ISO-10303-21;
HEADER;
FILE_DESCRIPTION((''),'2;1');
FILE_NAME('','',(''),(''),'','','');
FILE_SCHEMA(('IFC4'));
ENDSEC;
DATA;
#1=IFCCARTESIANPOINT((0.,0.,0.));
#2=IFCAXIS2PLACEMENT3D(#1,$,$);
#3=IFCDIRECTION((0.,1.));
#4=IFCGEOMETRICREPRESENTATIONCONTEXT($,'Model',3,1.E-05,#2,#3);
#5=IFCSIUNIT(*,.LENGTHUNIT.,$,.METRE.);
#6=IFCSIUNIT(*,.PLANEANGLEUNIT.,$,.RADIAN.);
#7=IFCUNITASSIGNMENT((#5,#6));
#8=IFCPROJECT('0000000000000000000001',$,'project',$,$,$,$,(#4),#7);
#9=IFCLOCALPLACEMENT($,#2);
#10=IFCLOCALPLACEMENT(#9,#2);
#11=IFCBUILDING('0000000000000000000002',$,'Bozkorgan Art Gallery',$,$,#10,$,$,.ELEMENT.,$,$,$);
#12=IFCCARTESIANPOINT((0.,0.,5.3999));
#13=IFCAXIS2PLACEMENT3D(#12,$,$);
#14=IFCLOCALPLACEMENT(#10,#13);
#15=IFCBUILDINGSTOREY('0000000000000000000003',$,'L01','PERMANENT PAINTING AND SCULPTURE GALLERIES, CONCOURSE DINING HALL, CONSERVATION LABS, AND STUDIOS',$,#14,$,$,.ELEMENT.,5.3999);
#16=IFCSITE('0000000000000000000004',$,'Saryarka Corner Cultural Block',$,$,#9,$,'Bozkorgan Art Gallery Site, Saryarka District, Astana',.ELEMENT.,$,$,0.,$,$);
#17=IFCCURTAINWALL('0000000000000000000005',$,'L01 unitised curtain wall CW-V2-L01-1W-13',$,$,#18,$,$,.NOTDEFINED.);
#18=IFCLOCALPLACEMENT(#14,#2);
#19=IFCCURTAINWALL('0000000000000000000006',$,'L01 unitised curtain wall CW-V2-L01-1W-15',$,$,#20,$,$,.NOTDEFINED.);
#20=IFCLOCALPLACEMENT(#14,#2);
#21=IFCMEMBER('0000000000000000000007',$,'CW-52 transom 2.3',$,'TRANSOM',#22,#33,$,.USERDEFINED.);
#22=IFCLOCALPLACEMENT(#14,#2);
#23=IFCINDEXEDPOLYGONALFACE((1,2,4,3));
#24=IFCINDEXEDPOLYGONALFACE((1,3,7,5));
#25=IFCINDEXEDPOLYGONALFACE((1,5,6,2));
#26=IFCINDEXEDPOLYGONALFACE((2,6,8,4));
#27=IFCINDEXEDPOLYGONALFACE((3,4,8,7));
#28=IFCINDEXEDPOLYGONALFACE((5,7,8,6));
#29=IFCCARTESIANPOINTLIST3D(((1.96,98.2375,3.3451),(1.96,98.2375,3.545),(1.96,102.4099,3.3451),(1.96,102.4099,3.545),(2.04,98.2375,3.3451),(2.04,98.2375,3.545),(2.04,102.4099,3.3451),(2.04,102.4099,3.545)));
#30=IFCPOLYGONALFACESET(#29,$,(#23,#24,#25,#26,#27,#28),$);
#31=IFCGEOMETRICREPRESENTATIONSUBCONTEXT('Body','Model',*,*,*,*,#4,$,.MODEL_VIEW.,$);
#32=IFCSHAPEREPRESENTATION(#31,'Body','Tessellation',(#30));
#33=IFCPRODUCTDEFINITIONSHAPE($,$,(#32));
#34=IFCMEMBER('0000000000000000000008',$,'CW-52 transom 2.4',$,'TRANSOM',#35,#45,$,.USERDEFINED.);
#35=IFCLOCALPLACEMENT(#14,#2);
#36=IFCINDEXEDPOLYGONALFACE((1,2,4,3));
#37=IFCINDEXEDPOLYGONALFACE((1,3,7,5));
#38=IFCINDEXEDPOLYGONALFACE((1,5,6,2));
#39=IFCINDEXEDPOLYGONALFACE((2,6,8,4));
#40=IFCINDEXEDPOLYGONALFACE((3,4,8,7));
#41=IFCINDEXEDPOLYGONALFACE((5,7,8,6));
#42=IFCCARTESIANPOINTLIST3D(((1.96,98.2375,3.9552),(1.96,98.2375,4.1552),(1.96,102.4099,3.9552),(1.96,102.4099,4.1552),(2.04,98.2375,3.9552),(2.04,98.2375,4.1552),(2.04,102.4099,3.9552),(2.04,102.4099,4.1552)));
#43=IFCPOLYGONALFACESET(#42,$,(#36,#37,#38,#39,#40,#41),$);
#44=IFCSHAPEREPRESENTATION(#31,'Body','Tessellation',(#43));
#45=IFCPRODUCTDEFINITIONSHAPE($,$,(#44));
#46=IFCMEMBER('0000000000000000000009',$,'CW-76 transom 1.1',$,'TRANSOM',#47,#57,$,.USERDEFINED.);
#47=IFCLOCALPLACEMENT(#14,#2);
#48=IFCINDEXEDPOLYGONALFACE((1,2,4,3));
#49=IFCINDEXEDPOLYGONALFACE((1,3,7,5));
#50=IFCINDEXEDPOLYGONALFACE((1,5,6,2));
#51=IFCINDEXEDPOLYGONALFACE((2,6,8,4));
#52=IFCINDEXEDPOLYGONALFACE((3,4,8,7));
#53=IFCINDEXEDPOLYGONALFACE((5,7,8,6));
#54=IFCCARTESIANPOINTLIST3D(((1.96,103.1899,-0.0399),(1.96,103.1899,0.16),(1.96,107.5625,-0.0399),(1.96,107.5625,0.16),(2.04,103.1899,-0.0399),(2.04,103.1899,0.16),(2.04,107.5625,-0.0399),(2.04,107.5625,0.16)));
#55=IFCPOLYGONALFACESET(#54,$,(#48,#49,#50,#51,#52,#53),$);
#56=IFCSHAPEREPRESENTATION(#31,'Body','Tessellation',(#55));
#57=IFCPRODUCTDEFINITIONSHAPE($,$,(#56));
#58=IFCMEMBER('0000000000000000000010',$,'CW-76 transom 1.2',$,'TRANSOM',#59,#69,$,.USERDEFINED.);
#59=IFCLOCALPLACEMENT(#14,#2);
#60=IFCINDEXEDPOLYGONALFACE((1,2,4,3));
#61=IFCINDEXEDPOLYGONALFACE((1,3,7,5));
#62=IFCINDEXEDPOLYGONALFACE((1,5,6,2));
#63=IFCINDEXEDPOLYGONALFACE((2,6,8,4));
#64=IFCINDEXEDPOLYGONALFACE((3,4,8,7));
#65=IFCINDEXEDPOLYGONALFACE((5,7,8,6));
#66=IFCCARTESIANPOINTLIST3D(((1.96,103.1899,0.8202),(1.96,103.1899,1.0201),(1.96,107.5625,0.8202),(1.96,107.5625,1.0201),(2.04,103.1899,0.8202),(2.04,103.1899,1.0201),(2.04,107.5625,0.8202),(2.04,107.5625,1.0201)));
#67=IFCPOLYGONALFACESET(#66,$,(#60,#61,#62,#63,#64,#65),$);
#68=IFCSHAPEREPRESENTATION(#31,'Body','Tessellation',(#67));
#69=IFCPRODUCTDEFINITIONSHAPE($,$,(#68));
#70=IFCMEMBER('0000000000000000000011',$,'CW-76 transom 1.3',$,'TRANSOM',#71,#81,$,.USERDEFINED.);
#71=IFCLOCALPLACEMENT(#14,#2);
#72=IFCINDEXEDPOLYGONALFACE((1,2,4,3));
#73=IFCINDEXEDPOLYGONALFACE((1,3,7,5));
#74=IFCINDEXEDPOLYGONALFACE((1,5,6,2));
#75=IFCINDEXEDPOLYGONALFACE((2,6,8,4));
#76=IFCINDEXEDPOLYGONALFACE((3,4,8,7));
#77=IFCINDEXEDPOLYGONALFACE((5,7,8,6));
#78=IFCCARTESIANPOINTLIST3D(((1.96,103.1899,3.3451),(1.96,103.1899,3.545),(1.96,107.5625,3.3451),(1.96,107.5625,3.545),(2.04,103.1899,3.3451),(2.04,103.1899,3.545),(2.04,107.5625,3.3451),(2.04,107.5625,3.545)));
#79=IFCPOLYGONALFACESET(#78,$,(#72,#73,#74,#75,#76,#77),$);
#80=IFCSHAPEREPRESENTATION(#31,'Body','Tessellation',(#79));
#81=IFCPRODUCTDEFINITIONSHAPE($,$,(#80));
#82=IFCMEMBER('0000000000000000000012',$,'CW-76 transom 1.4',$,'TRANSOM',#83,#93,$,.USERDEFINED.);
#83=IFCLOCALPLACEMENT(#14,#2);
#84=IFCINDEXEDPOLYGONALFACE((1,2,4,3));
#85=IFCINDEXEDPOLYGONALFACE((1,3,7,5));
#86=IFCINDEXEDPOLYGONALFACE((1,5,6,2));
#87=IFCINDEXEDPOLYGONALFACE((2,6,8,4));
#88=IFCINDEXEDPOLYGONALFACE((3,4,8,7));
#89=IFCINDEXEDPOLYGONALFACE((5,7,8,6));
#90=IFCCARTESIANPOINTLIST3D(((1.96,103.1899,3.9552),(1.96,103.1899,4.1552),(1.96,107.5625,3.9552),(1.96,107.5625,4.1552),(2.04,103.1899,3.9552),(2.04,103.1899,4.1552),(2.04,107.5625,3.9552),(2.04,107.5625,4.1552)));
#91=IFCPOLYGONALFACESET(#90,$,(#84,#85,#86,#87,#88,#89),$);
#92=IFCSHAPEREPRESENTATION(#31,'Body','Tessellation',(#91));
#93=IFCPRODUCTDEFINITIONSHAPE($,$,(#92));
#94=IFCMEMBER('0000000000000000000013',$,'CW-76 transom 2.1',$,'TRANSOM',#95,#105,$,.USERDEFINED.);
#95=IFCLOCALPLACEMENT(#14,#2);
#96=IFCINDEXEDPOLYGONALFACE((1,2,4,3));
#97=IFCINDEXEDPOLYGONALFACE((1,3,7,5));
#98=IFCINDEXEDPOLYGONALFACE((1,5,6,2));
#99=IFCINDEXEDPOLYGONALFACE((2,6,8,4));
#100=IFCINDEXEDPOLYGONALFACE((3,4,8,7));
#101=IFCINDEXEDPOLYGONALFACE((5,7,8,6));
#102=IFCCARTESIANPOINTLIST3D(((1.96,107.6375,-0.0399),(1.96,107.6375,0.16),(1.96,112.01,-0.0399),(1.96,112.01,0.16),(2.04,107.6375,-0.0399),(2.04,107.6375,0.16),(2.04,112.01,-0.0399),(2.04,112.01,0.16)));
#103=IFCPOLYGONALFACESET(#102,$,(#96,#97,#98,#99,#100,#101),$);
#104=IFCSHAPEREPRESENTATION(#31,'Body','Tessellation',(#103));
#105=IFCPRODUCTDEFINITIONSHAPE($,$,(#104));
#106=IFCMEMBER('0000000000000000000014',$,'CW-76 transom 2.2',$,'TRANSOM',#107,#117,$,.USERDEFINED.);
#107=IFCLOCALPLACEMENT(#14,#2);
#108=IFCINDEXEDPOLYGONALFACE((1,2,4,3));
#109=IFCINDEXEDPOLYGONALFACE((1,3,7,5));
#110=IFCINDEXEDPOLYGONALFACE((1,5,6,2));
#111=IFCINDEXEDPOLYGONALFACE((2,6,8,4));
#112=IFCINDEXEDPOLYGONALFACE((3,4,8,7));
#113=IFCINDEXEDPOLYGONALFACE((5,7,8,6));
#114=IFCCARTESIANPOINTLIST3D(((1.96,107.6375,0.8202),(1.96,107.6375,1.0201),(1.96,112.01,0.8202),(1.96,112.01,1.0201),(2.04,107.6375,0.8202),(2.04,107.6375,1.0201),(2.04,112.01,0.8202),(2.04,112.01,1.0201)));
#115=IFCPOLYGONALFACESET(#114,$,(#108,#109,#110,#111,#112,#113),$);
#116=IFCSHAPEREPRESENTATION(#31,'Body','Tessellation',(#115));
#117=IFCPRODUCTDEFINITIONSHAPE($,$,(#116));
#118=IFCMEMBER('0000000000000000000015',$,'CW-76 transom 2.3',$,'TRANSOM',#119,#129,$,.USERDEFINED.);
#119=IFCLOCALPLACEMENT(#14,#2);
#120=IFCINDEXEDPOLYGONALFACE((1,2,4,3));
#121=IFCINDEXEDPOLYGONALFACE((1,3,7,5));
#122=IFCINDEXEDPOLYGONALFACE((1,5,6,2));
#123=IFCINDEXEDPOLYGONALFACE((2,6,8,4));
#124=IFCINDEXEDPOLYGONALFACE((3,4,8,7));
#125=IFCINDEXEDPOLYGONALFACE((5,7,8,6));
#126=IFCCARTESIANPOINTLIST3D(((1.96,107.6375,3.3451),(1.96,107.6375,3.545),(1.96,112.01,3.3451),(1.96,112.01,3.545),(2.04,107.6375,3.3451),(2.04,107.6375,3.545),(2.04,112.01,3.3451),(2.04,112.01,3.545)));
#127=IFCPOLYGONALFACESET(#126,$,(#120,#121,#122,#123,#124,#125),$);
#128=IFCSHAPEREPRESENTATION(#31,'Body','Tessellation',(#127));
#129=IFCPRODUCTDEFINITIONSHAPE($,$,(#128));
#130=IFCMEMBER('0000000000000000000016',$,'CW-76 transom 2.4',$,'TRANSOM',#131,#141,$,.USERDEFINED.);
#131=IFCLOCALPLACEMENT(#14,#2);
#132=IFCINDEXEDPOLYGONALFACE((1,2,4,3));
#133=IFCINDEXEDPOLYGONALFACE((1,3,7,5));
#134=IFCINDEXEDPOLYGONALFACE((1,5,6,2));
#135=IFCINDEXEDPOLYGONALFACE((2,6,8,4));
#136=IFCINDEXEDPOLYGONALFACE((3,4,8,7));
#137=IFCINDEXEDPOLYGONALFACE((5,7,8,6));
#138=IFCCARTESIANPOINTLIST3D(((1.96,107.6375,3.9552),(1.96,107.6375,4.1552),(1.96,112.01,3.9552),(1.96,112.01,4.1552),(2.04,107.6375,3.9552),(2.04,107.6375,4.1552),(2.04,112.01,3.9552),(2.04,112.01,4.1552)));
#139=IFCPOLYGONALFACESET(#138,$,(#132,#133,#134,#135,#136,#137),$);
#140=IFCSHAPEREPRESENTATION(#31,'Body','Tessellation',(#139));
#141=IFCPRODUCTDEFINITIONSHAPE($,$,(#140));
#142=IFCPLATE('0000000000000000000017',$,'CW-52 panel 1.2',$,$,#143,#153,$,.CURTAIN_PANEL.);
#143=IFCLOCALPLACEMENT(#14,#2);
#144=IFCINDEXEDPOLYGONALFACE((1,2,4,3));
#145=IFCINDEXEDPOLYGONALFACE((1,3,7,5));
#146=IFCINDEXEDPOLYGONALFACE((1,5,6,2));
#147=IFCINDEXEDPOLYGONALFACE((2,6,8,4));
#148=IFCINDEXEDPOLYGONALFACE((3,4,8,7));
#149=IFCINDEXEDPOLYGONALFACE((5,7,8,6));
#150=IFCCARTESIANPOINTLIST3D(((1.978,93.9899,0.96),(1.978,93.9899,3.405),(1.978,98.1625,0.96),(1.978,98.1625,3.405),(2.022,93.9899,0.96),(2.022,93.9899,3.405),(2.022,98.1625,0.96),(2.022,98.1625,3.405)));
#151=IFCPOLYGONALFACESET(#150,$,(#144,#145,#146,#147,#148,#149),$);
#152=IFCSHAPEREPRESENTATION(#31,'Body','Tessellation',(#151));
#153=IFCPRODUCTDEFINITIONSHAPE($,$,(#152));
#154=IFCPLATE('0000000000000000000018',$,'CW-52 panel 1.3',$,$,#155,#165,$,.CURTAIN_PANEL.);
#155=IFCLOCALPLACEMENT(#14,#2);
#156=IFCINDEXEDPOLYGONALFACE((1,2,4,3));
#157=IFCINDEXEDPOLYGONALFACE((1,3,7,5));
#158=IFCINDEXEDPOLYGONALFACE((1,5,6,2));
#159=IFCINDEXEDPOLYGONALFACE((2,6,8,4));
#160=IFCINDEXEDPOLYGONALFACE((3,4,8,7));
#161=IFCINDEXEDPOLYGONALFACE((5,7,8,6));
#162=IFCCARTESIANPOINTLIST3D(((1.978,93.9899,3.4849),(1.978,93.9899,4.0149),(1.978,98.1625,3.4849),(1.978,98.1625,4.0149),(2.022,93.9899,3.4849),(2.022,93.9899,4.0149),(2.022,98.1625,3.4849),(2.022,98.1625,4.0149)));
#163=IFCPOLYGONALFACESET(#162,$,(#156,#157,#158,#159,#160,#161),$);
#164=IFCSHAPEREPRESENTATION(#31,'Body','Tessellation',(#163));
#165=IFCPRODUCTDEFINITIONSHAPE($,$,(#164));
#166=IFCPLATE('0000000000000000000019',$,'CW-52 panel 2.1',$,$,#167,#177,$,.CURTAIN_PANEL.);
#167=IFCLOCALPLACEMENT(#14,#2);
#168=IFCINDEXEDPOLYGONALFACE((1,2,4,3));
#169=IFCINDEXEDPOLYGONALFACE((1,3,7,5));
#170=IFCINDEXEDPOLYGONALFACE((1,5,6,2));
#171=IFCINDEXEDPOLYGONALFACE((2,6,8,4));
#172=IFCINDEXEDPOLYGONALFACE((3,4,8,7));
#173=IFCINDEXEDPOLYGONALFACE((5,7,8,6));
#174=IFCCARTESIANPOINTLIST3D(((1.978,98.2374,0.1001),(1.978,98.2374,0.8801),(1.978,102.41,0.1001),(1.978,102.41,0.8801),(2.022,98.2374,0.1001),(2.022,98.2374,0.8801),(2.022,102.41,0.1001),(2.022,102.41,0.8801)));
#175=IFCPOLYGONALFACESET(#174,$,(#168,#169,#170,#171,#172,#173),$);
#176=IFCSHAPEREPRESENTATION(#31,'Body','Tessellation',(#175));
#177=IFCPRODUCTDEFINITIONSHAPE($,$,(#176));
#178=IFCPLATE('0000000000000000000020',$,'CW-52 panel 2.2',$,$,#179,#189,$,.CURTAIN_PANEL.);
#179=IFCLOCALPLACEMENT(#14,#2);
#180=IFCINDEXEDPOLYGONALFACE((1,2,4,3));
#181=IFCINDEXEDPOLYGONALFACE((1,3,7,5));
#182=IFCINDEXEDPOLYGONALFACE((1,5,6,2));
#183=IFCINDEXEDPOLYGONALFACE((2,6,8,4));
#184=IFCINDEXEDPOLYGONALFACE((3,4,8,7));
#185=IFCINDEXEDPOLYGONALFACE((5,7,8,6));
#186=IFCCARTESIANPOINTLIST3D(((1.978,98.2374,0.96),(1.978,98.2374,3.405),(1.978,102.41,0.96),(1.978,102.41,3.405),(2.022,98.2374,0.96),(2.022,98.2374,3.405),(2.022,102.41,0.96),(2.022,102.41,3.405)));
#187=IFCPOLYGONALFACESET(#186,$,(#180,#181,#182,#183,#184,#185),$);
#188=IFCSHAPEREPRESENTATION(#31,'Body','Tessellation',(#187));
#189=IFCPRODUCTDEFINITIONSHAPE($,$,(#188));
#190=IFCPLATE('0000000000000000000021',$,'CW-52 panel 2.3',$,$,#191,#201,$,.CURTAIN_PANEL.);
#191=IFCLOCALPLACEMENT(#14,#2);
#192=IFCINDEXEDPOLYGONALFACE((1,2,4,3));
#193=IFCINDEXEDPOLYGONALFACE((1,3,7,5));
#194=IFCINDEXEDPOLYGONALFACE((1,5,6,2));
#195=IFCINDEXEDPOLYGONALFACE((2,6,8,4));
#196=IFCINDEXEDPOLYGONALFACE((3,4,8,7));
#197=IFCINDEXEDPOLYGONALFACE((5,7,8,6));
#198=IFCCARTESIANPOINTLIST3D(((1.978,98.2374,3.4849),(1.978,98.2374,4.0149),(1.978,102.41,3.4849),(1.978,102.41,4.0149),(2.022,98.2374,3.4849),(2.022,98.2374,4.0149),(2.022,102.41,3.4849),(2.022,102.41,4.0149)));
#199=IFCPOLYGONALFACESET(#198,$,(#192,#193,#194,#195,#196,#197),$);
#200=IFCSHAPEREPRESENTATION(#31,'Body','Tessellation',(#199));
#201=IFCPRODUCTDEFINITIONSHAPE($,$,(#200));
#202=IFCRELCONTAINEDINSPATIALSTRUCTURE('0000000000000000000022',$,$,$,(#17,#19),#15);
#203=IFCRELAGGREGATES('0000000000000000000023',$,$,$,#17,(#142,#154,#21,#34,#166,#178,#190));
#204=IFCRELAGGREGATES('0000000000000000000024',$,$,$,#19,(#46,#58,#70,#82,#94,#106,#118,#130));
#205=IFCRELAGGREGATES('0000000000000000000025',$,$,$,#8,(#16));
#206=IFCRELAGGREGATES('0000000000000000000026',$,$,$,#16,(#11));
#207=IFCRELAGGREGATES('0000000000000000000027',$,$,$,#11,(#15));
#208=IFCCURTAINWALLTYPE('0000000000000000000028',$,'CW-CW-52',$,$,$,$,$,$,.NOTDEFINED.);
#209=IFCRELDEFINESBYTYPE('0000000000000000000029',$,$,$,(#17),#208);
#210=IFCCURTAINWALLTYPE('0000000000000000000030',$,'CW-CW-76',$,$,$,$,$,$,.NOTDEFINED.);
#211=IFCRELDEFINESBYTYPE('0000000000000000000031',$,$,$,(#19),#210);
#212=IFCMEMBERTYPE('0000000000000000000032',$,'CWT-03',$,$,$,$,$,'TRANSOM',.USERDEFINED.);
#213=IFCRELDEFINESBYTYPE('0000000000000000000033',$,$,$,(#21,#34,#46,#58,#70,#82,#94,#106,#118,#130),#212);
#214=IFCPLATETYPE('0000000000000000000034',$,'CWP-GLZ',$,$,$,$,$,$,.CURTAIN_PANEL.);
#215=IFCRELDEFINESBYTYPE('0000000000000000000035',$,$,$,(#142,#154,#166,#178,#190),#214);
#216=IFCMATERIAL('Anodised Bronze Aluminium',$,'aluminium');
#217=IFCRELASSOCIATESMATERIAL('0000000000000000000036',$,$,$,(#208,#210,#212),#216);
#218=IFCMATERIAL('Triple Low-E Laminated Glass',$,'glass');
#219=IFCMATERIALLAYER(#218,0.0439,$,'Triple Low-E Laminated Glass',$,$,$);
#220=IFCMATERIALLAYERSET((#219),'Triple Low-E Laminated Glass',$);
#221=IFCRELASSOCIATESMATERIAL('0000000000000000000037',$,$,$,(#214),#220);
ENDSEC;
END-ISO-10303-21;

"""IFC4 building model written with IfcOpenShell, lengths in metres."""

from ifc_helpers import new_model, si_unit, direction, frame, origin, origin_2d, place, context, subcontext, project, spatial, rectangle, extrude, material, layer, layer_set, material_profile, profile_set, type_object, element, aggregate, save


model = new_model("IFC4")

# Units and contexts
model_context = context("Model", 3, precision=1e-05, world=origin(), true_north=direction((0.0, 1.0)))
body_context = subcontext(model_context, "Body", "Model", "MODEL_VIEW")
ifc_project = project(units=[si_unit("LENGTHUNIT", "METRE"), si_unit("PLANEANGLEUNIT", "RADIAN")], contexts=[model_context])

# Site, building, storey
site_placement = place(None, origin())
site = spatial("IfcSite", under=ifc_project, at=site_placement, Name="Saryarka Corner Cultural Block", LongName="Bozkorgan Art Gallery Site, Saryarka District, Astana", CompositionType="ELEMENT", RefElevation=0.0)
building_placement = place(site_placement, origin())
building = spatial("IfcBuilding", under=site, at=building_placement, Name="Bozkorgan Art Gallery", CompositionType="ELEMENT")
storey_placement = place(building_placement, frame((0.0, 0.0, 5.3999)))
storey = spatial("IfcBuildingStorey", under=building, at=storey_placement, Name="L01", Description="PERMANENT PAINTING AND SCULPTURE GALLERIES, CONCOURSE DINING HALL, CONSERVATION LABS, AND STUDIOS", CompositionType="ELEMENT", Elevation=5.3999)

# Shared definitions
ifc_material_1 = material(Name="Anodised Bronze Aluminium", Category="aluminium")

# Curtain walls
curtain_wall_type_1 = type_object("IfcCurtainWallType", Name="CW-CW-52", PredefinedType="NOTDEFINED", material=ifc_material_1)
curtain_wall_1_placement = place(storey_placement, origin())
curtain_wall_1 = element("IfcCurtainWall", 1, at=curtain_wall_1_placement, inside=storey, type_object=curtain_wall_type_1, Name="L01 unitised curtain wall CW-V2-L01-1W-13", PredefinedType="NOTDEFINED")
curtain_wall_type_2 = type_object("IfcCurtainWallType", Name="CW-CW-76", PredefinedType="NOTDEFINED", material=ifc_material_1)
curtain_wall_2_placement = place(storey_placement, origin())
curtain_wall_2 = element("IfcCurtainWall", 2, at=curtain_wall_2_placement, inside=storey, type_object=curtain_wall_type_2, Name="L01 unitised curtain wall CW-V2-L01-1W-15", PredefinedType="NOTDEFINED")

# Members
ifc_material_profile_1 = material_profile(ifc_material_1, rectangle(XDim=0.0801, YDim=0.2, at=origin_2d()), Name="ALU TRANSOM 80x200")
ifc_profile_set_1 = profile_set([ifc_material_profile_1], Name="Anodised Bronze Aluminium")
member_type_1 = type_object("IfcMemberType", Name="CWT-03", ElementType="TRANSOM", PredefinedType="USERDEFINED", material=ifc_profile_set_1)
member_1_placement = place(storey_placement, frame((2.0, 98.2375, 3.4451), z_axis=(0.0, 1.0, 0.0), x_axis=(-1.0, 0.0, 0.0)))
member_1 = element("IfcMember", 3, at=member_1_placement, type_object=member_type_1, Name="CW-52 transom 2.3", ObjectType="TRANSOM", PredefinedType="USERDEFINED", context=body_context, shape_type="SweptSolid", body=[
    extrude(rectangle(XDim=0.0801, YDim=0.2, at=origin_2d()), origin(), (0.0, 0.0, 1.0), 4.1724),
])
member_2_placement = place(storey_placement, frame((2.0, 98.2375, 4.0552), z_axis=(0.0, 1.0, 0.0), x_axis=(-1.0, 0.0, 0.0)))
member_2 = element("IfcMember", 4, at=member_2_placement, type_object=member_type_1, Name="CW-52 transom 2.4", ObjectType="TRANSOM", PredefinedType="USERDEFINED", context=body_context, shape_type="SweptSolid", body=[
    extrude(rectangle(XDim=0.0801, YDim=0.2, at=origin_2d()), origin(), (0.0, 0.0, 1.0), 4.1724),
])
member_3_placement = place(storey_placement, frame((2.0, 103.1899, 0.0601), z_axis=(0.0, 1.0, 0.0), x_axis=(-1.0, 0.0, 0.0)))
member_3 = element("IfcMember", 5, at=member_3_placement, type_object=member_type_1, Name="CW-76 transom 1.1", ObjectType="TRANSOM", PredefinedType="USERDEFINED", context=body_context, shape_type="SweptSolid", body=[
    extrude(rectangle(XDim=0.0801, YDim=0.2, at=origin_2d()), origin(), (0.0, 0.0, 1.0), 4.3726),
])
member_4_placement = place(storey_placement, frame((2.0, 103.1899, 0.9202), z_axis=(0.0, 1.0, 0.0), x_axis=(-1.0, 0.0, 0.0)))
member_4 = element("IfcMember", 6, at=member_4_placement, type_object=member_type_1, Name="CW-76 transom 1.2", ObjectType="TRANSOM", PredefinedType="USERDEFINED", context=body_context, shape_type="SweptSolid", body=[
    extrude(rectangle(XDim=0.0801, YDim=0.2, at=origin_2d()), origin(), (0.0, 0.0, 1.0), 4.3726),
])
member_5_placement = place(storey_placement, frame((2.0, 103.1899, 3.4451), z_axis=(0.0, 1.0, 0.0), x_axis=(-1.0, 0.0, 0.0)))
member_5 = element("IfcMember", 7, at=member_5_placement, type_object=member_type_1, Name="CW-76 transom 1.3", ObjectType="TRANSOM", PredefinedType="USERDEFINED", context=body_context, shape_type="SweptSolid", body=[
    extrude(rectangle(XDim=0.0801, YDim=0.2, at=origin_2d()), origin(), (0.0, 0.0, 1.0), 4.3726),
])
member_6_placement = place(storey_placement, frame((2.0, 103.1899, 4.0552), z_axis=(0.0, 1.0, 0.0), x_axis=(-1.0, 0.0, 0.0)))
member_6 = element("IfcMember", 8, at=member_6_placement, type_object=member_type_1, Name="CW-76 transom 1.4", ObjectType="TRANSOM", PredefinedType="USERDEFINED", context=body_context, shape_type="SweptSolid", body=[
    extrude(rectangle(XDim=0.0801, YDim=0.2, at=origin_2d()), origin(), (0.0, 0.0, 1.0), 4.3726),
])
member_7_placement = place(storey_placement, frame((2.0, 107.6375, 0.0601), z_axis=(0.0, 1.0, 0.0), x_axis=(-1.0, 0.0, 0.0)))
member_7 = element("IfcMember", 9, at=member_7_placement, type_object=member_type_1, Name="CW-76 transom 2.1", ObjectType="TRANSOM", PredefinedType="USERDEFINED", context=body_context, shape_type="SweptSolid", body=[
    extrude(rectangle(XDim=0.0801, YDim=0.2, at=origin_2d()), origin(), (0.0, 0.0, 1.0), 4.3726),
])
member_8_placement = place(storey_placement, frame((2.0, 107.6375, 0.9202), z_axis=(0.0, 1.0, 0.0), x_axis=(-1.0, 0.0, 0.0)))
member_8 = element("IfcMember", 10, at=member_8_placement, type_object=member_type_1, Name="CW-76 transom 2.2", ObjectType="TRANSOM", PredefinedType="USERDEFINED", context=body_context, shape_type="SweptSolid", body=[
    extrude(rectangle(XDim=0.0801, YDim=0.2, at=origin_2d()), origin(), (0.0, 0.0, 1.0), 4.3726),
])
member_9_placement = place(storey_placement, frame((2.0, 107.6375, 3.4451), z_axis=(0.0, 1.0, 0.0), x_axis=(-1.0, 0.0, 0.0)))
member_9 = element("IfcMember", 11, at=member_9_placement, type_object=member_type_1, Name="CW-76 transom 2.3", ObjectType="TRANSOM", PredefinedType="USERDEFINED", context=body_context, shape_type="SweptSolid", body=[
    extrude(rectangle(XDim=0.0801, YDim=0.2, at=origin_2d()), origin(), (0.0, 0.0, 1.0), 4.3726),
])
member_10_placement = place(storey_placement, frame((2.0, 107.6375, 4.0552), z_axis=(0.0, 1.0, 0.0), x_axis=(-1.0, 0.0, 0.0)))
member_10 = element("IfcMember", 12, at=member_10_placement, type_object=member_type_1, Name="CW-76 transom 2.4", ObjectType="TRANSOM", PredefinedType="USERDEFINED", context=body_context, shape_type="SweptSolid", body=[
    extrude(rectangle(XDim=0.0801, YDim=0.2, at=origin_2d()), origin(), (0.0, 0.0, 1.0), 4.3726),
])

# Plates
ifc_material_2 = material(Name="Triple Low-E Laminated Glass", Category="glass")
ifc_layer_1 = layer(ifc_material_2, 0.0439, Name="Triple Low-E Laminated Glass")
ifc_layer_set_1 = layer_set([ifc_layer_1], Name="Triple Low-E Laminated Glass")
plate_type_1 = type_object("IfcPlateType", Name="CWP-GLZ", PredefinedType="CURTAIN_PANEL", material=ifc_layer_set_1)
plate_1_placement = place(storey_placement, frame((2.0, 96.0762, 0.96), z_axis=(0.0, 0.0, 1.0), x_axis=(0.0, 1.0, 0.0)))
plate_1 = element("IfcPlate", 13, at=plate_1_placement, type_object=plate_type_1, Name="CW-52 panel 1.2", PredefinedType="CURTAIN_PANEL", context=body_context, shape_type="SweptSolid", body=[
    extrude(rectangle(XDim=4.1726, YDim=0.0439, at=origin_2d()), origin(), (0.0, 0.0, 1.0), 2.4451),
])
plate_2_placement = place(storey_placement, frame((2.0, 96.0762, 3.4849), z_axis=(0.0, 0.0, 1.0), x_axis=(0.0, 1.0, 0.0)))
plate_2 = element("IfcPlate", 14, at=plate_2_placement, type_object=plate_type_1, Name="CW-52 panel 1.3", PredefinedType="CURTAIN_PANEL", context=body_context, shape_type="SweptSolid", body=[
    extrude(rectangle(XDim=4.1726, YDim=0.0439, at=origin_2d()), origin(), (0.0, 0.0, 1.0), 0.53),
])
plate_3_placement = place(storey_placement, frame((2.0, 100.3237, 0.1001), z_axis=(0.0, 0.0, 1.0), x_axis=(0.0, 1.0, 0.0)))
plate_3 = element("IfcPlate", 15, at=plate_3_placement, type_object=plate_type_1, Name="CW-52 panel 2.1", PredefinedType="CURTAIN_PANEL", context=body_context, shape_type="SweptSolid", body=[
    extrude(rectangle(XDim=4.1726, YDim=0.0439, at=origin_2d()), origin(), (0.0, 0.0, 1.0), 0.78),
])
plate_4_placement = place(storey_placement, frame((2.0, 100.3237, 0.96), z_axis=(0.0, 0.0, 1.0), x_axis=(0.0, 1.0, 0.0)))
plate_4 = element("IfcPlate", 16, at=plate_4_placement, type_object=plate_type_1, Name="CW-52 panel 2.2", PredefinedType="CURTAIN_PANEL", context=body_context, shape_type="SweptSolid", body=[
    extrude(rectangle(XDim=4.1726, YDim=0.0439, at=origin_2d()), origin(), (0.0, 0.0, 1.0), 2.4451),
])
plate_5_placement = place(storey_placement, frame((2.0, 100.3237, 3.4849), z_axis=(0.0, 0.0, 1.0), x_axis=(0.0, 1.0, 0.0)))
plate_5 = element("IfcPlate", 17, at=plate_5_placement, type_object=plate_type_1, Name="CW-52 panel 2.3", PredefinedType="CURTAIN_PANEL", context=body_context, shape_type="SweptSolid", body=[
    extrude(rectangle(XDim=4.1726, YDim=0.0439, at=origin_2d()), origin(), (0.0, 0.0, 1.0), 0.53),
])
aggregate(curtain_wall_1, [plate_1, plate_2, member_1, member_2, plate_3, plate_4, plate_5])
aggregate(curtain_wall_2, [member_3, member_4, member_5, member_6, member_7, member_8, member_9, member_10])

save(model, "model.ifc")
